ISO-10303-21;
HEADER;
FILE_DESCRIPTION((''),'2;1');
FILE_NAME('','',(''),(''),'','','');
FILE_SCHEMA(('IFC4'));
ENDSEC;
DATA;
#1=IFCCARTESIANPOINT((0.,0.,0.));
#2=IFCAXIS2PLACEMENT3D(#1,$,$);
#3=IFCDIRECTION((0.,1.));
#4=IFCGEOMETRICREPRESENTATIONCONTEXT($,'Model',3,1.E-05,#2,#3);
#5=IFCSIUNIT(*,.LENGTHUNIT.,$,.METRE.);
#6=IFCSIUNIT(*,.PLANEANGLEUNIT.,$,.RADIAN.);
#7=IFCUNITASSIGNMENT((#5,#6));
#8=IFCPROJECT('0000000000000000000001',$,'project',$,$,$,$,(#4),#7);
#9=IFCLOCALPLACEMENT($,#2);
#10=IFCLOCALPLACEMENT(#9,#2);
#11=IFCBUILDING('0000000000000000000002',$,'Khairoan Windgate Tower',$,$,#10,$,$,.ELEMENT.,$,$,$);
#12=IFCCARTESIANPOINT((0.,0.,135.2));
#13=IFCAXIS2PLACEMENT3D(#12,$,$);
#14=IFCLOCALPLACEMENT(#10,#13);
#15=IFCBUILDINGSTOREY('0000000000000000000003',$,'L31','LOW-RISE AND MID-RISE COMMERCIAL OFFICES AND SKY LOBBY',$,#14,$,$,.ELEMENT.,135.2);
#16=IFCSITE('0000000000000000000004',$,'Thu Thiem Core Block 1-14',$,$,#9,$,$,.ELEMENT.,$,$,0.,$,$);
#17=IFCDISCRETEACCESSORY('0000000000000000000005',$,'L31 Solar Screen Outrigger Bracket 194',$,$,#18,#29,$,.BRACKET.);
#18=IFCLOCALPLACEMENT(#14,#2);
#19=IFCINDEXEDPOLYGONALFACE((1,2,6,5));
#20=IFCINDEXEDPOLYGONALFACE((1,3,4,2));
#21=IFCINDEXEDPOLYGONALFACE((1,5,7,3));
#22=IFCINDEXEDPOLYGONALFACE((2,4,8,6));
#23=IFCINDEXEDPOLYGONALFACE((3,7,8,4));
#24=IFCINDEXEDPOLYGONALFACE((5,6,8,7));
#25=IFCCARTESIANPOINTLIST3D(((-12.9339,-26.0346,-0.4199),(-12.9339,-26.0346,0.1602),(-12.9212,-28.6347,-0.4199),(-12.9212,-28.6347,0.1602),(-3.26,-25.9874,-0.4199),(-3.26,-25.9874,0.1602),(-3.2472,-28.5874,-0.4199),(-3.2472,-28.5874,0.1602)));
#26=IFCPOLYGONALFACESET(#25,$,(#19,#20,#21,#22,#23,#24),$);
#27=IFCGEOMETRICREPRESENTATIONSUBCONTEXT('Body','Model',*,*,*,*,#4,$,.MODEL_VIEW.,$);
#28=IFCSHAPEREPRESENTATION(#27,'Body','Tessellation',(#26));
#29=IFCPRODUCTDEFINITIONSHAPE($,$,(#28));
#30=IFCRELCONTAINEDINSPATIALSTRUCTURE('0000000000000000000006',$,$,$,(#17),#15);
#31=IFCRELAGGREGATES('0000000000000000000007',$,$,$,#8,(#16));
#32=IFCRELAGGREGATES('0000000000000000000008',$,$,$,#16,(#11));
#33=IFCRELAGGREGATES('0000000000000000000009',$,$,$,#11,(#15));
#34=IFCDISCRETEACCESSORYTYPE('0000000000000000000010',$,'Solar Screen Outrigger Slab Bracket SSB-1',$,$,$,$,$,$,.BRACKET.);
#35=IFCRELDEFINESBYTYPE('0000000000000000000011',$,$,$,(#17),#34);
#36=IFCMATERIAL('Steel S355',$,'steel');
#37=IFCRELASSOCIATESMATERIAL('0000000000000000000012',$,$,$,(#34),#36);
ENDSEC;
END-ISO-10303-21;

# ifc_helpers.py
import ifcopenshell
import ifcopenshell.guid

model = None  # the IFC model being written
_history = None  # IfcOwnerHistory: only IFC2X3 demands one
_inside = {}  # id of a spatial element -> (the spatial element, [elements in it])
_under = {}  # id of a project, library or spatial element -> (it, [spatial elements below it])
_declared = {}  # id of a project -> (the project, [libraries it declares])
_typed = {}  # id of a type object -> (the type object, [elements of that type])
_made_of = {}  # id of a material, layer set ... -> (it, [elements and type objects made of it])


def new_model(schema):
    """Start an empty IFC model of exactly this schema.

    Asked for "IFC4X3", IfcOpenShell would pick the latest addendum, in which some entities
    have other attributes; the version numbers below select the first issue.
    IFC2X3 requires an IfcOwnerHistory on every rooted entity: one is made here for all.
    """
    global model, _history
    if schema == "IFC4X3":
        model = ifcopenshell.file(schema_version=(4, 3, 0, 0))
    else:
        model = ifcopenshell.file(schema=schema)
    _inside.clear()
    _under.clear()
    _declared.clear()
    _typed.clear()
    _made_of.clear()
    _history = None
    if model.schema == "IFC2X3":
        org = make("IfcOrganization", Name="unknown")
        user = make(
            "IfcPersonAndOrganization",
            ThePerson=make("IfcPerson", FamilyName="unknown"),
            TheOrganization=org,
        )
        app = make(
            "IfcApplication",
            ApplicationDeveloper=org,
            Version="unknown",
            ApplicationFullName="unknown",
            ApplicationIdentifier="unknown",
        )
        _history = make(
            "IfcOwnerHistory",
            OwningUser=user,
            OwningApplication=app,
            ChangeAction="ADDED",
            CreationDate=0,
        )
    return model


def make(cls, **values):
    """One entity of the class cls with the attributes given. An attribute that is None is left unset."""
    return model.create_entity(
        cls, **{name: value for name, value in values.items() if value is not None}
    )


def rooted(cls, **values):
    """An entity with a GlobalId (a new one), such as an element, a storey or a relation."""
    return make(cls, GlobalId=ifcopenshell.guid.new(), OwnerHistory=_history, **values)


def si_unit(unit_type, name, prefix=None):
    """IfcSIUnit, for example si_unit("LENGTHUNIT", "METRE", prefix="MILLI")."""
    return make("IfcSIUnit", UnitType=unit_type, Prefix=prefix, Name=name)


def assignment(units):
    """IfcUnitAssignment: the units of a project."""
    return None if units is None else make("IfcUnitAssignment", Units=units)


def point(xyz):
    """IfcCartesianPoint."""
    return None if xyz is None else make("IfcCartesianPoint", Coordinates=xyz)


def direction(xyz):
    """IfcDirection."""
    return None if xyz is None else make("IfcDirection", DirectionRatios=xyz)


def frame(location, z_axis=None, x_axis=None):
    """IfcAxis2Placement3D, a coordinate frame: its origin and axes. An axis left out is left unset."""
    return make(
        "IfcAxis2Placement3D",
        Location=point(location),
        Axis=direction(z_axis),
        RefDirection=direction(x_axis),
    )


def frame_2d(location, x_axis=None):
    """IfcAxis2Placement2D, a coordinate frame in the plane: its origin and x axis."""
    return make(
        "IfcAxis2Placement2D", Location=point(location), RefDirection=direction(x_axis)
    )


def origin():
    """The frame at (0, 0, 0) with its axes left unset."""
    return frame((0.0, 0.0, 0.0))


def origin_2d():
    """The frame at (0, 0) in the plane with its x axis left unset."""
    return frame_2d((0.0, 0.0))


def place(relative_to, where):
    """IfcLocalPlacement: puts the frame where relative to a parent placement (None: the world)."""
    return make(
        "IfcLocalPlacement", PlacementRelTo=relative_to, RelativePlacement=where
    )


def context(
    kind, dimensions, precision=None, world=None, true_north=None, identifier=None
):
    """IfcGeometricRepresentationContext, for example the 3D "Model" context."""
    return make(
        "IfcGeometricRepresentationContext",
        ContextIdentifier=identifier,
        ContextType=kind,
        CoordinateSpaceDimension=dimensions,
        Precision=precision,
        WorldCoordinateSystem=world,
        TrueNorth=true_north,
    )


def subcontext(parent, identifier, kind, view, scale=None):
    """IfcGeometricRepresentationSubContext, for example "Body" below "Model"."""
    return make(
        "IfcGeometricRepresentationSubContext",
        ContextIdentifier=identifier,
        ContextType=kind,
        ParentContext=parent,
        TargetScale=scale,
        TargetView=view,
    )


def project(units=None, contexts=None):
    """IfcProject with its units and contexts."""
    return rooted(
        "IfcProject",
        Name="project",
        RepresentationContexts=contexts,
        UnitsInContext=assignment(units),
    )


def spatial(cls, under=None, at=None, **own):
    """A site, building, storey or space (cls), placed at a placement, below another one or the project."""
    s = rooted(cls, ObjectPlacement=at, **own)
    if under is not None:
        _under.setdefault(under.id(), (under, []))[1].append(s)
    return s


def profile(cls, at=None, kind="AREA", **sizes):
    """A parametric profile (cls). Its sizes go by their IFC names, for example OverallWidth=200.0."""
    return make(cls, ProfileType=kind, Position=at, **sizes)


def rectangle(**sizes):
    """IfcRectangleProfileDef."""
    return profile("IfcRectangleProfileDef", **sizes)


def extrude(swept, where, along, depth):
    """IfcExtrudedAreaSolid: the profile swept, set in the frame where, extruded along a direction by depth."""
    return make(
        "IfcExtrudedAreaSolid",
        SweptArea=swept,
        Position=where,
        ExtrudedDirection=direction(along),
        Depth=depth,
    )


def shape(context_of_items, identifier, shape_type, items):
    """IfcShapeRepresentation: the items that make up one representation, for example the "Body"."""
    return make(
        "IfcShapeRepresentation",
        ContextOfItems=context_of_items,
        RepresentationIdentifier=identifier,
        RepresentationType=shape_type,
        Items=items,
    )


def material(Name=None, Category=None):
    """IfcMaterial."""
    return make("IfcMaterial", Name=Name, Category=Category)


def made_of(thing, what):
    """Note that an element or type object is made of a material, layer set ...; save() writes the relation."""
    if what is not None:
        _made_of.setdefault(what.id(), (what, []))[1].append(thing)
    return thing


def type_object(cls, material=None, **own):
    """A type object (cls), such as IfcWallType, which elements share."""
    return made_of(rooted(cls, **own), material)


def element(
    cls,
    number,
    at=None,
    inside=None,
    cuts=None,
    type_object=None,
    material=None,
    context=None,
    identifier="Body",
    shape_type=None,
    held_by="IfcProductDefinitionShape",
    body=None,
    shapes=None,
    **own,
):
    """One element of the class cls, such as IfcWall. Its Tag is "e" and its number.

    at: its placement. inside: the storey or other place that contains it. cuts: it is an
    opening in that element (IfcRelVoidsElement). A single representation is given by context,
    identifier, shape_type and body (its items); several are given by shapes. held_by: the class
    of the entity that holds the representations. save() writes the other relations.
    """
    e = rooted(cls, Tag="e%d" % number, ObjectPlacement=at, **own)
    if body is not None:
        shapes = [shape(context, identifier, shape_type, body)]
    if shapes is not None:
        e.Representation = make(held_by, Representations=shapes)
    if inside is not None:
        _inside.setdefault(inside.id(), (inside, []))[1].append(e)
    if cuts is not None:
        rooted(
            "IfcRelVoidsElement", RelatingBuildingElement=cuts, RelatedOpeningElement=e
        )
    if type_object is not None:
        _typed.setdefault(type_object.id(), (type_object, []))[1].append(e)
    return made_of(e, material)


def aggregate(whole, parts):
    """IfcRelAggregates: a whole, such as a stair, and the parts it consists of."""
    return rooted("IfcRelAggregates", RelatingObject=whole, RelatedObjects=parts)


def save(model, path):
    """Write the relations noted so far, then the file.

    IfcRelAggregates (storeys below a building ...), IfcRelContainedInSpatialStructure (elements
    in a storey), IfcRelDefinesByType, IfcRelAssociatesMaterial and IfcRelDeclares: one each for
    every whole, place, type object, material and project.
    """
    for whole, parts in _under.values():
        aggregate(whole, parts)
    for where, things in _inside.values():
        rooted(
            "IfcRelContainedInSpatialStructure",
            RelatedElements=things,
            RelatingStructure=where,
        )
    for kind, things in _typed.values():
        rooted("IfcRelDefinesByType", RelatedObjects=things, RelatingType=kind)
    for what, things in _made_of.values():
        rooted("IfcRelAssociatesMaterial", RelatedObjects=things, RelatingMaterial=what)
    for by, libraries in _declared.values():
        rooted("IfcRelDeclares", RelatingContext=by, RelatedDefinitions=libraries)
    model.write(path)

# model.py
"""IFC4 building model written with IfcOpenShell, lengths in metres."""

from ifc_helpers import new_model, si_unit, direction, frame, origin, origin_2d, place, context, subcontext, project, spatial, rectangle, extrude, material, type_object, element, save


model = new_model("IFC4")

# Units and contexts
model_context = context("Model", 3, precision=1e-05, world=origin(), true_north=direction((0.0, 1.0)))
body_context = subcontext(model_context, "Body", "Model", "MODEL_VIEW")
ifc_project = project(units=[si_unit("LENGTHUNIT", "METRE"), si_unit("PLANEANGLEUNIT", "RADIAN")], contexts=[model_context])

# Site, building, storey
site_placement = place(None, origin())
site = spatial("IfcSite", under=ifc_project, at=site_placement, Name="Thu Thiem Core Block 1-14", CompositionType="ELEMENT", RefElevation=0.0)
building_placement = place(site_placement, origin())
building = spatial("IfcBuilding", under=site, at=building_placement, Name="Khairoan Windgate Tower", CompositionType="ELEMENT")
storey_placement = place(building_placement, frame((0.0, 0.0, 135.2)))
storey = spatial("IfcBuildingStorey", under=building, at=storey_placement, Name="L31", Description="LOW-RISE AND MID-RISE COMMERCIAL OFFICES AND SKY LOBBY", CompositionType="ELEMENT", Elevation=135.2)

# Discrete accessory
ifc_material_1 = material(Name="Steel S355", Category="steel")
discrete_accessory_type = type_object("IfcDiscreteAccessoryType", Name="Solar Screen Outrigger Slab Bracket SSB-1", PredefinedType="BRACKET", material=ifc_material_1)
discrete_accessory_placement = place(storey_placement, frame((-8.0906, -27.311, -0.4199), z_axis=(0.0, 0.0, 1.0), x_axis=(-0.999988, -0.004887, 0.0)))
element("IfcDiscreteAccessory", 1, at=discrete_accessory_placement, inside=storey, type_object=discrete_accessory_type, Name="L31 Solar Screen Outrigger Bracket 194", PredefinedType="BRACKET", context=body_context, shape_type="SweptSolid", body=[
    extrude(rectangle(XDim=9.6741, YDim=2.6001, at=origin_2d()), origin(), (0.0, 0.0, 1.0), 0.5801),
])

save(model, "model.ifc")
